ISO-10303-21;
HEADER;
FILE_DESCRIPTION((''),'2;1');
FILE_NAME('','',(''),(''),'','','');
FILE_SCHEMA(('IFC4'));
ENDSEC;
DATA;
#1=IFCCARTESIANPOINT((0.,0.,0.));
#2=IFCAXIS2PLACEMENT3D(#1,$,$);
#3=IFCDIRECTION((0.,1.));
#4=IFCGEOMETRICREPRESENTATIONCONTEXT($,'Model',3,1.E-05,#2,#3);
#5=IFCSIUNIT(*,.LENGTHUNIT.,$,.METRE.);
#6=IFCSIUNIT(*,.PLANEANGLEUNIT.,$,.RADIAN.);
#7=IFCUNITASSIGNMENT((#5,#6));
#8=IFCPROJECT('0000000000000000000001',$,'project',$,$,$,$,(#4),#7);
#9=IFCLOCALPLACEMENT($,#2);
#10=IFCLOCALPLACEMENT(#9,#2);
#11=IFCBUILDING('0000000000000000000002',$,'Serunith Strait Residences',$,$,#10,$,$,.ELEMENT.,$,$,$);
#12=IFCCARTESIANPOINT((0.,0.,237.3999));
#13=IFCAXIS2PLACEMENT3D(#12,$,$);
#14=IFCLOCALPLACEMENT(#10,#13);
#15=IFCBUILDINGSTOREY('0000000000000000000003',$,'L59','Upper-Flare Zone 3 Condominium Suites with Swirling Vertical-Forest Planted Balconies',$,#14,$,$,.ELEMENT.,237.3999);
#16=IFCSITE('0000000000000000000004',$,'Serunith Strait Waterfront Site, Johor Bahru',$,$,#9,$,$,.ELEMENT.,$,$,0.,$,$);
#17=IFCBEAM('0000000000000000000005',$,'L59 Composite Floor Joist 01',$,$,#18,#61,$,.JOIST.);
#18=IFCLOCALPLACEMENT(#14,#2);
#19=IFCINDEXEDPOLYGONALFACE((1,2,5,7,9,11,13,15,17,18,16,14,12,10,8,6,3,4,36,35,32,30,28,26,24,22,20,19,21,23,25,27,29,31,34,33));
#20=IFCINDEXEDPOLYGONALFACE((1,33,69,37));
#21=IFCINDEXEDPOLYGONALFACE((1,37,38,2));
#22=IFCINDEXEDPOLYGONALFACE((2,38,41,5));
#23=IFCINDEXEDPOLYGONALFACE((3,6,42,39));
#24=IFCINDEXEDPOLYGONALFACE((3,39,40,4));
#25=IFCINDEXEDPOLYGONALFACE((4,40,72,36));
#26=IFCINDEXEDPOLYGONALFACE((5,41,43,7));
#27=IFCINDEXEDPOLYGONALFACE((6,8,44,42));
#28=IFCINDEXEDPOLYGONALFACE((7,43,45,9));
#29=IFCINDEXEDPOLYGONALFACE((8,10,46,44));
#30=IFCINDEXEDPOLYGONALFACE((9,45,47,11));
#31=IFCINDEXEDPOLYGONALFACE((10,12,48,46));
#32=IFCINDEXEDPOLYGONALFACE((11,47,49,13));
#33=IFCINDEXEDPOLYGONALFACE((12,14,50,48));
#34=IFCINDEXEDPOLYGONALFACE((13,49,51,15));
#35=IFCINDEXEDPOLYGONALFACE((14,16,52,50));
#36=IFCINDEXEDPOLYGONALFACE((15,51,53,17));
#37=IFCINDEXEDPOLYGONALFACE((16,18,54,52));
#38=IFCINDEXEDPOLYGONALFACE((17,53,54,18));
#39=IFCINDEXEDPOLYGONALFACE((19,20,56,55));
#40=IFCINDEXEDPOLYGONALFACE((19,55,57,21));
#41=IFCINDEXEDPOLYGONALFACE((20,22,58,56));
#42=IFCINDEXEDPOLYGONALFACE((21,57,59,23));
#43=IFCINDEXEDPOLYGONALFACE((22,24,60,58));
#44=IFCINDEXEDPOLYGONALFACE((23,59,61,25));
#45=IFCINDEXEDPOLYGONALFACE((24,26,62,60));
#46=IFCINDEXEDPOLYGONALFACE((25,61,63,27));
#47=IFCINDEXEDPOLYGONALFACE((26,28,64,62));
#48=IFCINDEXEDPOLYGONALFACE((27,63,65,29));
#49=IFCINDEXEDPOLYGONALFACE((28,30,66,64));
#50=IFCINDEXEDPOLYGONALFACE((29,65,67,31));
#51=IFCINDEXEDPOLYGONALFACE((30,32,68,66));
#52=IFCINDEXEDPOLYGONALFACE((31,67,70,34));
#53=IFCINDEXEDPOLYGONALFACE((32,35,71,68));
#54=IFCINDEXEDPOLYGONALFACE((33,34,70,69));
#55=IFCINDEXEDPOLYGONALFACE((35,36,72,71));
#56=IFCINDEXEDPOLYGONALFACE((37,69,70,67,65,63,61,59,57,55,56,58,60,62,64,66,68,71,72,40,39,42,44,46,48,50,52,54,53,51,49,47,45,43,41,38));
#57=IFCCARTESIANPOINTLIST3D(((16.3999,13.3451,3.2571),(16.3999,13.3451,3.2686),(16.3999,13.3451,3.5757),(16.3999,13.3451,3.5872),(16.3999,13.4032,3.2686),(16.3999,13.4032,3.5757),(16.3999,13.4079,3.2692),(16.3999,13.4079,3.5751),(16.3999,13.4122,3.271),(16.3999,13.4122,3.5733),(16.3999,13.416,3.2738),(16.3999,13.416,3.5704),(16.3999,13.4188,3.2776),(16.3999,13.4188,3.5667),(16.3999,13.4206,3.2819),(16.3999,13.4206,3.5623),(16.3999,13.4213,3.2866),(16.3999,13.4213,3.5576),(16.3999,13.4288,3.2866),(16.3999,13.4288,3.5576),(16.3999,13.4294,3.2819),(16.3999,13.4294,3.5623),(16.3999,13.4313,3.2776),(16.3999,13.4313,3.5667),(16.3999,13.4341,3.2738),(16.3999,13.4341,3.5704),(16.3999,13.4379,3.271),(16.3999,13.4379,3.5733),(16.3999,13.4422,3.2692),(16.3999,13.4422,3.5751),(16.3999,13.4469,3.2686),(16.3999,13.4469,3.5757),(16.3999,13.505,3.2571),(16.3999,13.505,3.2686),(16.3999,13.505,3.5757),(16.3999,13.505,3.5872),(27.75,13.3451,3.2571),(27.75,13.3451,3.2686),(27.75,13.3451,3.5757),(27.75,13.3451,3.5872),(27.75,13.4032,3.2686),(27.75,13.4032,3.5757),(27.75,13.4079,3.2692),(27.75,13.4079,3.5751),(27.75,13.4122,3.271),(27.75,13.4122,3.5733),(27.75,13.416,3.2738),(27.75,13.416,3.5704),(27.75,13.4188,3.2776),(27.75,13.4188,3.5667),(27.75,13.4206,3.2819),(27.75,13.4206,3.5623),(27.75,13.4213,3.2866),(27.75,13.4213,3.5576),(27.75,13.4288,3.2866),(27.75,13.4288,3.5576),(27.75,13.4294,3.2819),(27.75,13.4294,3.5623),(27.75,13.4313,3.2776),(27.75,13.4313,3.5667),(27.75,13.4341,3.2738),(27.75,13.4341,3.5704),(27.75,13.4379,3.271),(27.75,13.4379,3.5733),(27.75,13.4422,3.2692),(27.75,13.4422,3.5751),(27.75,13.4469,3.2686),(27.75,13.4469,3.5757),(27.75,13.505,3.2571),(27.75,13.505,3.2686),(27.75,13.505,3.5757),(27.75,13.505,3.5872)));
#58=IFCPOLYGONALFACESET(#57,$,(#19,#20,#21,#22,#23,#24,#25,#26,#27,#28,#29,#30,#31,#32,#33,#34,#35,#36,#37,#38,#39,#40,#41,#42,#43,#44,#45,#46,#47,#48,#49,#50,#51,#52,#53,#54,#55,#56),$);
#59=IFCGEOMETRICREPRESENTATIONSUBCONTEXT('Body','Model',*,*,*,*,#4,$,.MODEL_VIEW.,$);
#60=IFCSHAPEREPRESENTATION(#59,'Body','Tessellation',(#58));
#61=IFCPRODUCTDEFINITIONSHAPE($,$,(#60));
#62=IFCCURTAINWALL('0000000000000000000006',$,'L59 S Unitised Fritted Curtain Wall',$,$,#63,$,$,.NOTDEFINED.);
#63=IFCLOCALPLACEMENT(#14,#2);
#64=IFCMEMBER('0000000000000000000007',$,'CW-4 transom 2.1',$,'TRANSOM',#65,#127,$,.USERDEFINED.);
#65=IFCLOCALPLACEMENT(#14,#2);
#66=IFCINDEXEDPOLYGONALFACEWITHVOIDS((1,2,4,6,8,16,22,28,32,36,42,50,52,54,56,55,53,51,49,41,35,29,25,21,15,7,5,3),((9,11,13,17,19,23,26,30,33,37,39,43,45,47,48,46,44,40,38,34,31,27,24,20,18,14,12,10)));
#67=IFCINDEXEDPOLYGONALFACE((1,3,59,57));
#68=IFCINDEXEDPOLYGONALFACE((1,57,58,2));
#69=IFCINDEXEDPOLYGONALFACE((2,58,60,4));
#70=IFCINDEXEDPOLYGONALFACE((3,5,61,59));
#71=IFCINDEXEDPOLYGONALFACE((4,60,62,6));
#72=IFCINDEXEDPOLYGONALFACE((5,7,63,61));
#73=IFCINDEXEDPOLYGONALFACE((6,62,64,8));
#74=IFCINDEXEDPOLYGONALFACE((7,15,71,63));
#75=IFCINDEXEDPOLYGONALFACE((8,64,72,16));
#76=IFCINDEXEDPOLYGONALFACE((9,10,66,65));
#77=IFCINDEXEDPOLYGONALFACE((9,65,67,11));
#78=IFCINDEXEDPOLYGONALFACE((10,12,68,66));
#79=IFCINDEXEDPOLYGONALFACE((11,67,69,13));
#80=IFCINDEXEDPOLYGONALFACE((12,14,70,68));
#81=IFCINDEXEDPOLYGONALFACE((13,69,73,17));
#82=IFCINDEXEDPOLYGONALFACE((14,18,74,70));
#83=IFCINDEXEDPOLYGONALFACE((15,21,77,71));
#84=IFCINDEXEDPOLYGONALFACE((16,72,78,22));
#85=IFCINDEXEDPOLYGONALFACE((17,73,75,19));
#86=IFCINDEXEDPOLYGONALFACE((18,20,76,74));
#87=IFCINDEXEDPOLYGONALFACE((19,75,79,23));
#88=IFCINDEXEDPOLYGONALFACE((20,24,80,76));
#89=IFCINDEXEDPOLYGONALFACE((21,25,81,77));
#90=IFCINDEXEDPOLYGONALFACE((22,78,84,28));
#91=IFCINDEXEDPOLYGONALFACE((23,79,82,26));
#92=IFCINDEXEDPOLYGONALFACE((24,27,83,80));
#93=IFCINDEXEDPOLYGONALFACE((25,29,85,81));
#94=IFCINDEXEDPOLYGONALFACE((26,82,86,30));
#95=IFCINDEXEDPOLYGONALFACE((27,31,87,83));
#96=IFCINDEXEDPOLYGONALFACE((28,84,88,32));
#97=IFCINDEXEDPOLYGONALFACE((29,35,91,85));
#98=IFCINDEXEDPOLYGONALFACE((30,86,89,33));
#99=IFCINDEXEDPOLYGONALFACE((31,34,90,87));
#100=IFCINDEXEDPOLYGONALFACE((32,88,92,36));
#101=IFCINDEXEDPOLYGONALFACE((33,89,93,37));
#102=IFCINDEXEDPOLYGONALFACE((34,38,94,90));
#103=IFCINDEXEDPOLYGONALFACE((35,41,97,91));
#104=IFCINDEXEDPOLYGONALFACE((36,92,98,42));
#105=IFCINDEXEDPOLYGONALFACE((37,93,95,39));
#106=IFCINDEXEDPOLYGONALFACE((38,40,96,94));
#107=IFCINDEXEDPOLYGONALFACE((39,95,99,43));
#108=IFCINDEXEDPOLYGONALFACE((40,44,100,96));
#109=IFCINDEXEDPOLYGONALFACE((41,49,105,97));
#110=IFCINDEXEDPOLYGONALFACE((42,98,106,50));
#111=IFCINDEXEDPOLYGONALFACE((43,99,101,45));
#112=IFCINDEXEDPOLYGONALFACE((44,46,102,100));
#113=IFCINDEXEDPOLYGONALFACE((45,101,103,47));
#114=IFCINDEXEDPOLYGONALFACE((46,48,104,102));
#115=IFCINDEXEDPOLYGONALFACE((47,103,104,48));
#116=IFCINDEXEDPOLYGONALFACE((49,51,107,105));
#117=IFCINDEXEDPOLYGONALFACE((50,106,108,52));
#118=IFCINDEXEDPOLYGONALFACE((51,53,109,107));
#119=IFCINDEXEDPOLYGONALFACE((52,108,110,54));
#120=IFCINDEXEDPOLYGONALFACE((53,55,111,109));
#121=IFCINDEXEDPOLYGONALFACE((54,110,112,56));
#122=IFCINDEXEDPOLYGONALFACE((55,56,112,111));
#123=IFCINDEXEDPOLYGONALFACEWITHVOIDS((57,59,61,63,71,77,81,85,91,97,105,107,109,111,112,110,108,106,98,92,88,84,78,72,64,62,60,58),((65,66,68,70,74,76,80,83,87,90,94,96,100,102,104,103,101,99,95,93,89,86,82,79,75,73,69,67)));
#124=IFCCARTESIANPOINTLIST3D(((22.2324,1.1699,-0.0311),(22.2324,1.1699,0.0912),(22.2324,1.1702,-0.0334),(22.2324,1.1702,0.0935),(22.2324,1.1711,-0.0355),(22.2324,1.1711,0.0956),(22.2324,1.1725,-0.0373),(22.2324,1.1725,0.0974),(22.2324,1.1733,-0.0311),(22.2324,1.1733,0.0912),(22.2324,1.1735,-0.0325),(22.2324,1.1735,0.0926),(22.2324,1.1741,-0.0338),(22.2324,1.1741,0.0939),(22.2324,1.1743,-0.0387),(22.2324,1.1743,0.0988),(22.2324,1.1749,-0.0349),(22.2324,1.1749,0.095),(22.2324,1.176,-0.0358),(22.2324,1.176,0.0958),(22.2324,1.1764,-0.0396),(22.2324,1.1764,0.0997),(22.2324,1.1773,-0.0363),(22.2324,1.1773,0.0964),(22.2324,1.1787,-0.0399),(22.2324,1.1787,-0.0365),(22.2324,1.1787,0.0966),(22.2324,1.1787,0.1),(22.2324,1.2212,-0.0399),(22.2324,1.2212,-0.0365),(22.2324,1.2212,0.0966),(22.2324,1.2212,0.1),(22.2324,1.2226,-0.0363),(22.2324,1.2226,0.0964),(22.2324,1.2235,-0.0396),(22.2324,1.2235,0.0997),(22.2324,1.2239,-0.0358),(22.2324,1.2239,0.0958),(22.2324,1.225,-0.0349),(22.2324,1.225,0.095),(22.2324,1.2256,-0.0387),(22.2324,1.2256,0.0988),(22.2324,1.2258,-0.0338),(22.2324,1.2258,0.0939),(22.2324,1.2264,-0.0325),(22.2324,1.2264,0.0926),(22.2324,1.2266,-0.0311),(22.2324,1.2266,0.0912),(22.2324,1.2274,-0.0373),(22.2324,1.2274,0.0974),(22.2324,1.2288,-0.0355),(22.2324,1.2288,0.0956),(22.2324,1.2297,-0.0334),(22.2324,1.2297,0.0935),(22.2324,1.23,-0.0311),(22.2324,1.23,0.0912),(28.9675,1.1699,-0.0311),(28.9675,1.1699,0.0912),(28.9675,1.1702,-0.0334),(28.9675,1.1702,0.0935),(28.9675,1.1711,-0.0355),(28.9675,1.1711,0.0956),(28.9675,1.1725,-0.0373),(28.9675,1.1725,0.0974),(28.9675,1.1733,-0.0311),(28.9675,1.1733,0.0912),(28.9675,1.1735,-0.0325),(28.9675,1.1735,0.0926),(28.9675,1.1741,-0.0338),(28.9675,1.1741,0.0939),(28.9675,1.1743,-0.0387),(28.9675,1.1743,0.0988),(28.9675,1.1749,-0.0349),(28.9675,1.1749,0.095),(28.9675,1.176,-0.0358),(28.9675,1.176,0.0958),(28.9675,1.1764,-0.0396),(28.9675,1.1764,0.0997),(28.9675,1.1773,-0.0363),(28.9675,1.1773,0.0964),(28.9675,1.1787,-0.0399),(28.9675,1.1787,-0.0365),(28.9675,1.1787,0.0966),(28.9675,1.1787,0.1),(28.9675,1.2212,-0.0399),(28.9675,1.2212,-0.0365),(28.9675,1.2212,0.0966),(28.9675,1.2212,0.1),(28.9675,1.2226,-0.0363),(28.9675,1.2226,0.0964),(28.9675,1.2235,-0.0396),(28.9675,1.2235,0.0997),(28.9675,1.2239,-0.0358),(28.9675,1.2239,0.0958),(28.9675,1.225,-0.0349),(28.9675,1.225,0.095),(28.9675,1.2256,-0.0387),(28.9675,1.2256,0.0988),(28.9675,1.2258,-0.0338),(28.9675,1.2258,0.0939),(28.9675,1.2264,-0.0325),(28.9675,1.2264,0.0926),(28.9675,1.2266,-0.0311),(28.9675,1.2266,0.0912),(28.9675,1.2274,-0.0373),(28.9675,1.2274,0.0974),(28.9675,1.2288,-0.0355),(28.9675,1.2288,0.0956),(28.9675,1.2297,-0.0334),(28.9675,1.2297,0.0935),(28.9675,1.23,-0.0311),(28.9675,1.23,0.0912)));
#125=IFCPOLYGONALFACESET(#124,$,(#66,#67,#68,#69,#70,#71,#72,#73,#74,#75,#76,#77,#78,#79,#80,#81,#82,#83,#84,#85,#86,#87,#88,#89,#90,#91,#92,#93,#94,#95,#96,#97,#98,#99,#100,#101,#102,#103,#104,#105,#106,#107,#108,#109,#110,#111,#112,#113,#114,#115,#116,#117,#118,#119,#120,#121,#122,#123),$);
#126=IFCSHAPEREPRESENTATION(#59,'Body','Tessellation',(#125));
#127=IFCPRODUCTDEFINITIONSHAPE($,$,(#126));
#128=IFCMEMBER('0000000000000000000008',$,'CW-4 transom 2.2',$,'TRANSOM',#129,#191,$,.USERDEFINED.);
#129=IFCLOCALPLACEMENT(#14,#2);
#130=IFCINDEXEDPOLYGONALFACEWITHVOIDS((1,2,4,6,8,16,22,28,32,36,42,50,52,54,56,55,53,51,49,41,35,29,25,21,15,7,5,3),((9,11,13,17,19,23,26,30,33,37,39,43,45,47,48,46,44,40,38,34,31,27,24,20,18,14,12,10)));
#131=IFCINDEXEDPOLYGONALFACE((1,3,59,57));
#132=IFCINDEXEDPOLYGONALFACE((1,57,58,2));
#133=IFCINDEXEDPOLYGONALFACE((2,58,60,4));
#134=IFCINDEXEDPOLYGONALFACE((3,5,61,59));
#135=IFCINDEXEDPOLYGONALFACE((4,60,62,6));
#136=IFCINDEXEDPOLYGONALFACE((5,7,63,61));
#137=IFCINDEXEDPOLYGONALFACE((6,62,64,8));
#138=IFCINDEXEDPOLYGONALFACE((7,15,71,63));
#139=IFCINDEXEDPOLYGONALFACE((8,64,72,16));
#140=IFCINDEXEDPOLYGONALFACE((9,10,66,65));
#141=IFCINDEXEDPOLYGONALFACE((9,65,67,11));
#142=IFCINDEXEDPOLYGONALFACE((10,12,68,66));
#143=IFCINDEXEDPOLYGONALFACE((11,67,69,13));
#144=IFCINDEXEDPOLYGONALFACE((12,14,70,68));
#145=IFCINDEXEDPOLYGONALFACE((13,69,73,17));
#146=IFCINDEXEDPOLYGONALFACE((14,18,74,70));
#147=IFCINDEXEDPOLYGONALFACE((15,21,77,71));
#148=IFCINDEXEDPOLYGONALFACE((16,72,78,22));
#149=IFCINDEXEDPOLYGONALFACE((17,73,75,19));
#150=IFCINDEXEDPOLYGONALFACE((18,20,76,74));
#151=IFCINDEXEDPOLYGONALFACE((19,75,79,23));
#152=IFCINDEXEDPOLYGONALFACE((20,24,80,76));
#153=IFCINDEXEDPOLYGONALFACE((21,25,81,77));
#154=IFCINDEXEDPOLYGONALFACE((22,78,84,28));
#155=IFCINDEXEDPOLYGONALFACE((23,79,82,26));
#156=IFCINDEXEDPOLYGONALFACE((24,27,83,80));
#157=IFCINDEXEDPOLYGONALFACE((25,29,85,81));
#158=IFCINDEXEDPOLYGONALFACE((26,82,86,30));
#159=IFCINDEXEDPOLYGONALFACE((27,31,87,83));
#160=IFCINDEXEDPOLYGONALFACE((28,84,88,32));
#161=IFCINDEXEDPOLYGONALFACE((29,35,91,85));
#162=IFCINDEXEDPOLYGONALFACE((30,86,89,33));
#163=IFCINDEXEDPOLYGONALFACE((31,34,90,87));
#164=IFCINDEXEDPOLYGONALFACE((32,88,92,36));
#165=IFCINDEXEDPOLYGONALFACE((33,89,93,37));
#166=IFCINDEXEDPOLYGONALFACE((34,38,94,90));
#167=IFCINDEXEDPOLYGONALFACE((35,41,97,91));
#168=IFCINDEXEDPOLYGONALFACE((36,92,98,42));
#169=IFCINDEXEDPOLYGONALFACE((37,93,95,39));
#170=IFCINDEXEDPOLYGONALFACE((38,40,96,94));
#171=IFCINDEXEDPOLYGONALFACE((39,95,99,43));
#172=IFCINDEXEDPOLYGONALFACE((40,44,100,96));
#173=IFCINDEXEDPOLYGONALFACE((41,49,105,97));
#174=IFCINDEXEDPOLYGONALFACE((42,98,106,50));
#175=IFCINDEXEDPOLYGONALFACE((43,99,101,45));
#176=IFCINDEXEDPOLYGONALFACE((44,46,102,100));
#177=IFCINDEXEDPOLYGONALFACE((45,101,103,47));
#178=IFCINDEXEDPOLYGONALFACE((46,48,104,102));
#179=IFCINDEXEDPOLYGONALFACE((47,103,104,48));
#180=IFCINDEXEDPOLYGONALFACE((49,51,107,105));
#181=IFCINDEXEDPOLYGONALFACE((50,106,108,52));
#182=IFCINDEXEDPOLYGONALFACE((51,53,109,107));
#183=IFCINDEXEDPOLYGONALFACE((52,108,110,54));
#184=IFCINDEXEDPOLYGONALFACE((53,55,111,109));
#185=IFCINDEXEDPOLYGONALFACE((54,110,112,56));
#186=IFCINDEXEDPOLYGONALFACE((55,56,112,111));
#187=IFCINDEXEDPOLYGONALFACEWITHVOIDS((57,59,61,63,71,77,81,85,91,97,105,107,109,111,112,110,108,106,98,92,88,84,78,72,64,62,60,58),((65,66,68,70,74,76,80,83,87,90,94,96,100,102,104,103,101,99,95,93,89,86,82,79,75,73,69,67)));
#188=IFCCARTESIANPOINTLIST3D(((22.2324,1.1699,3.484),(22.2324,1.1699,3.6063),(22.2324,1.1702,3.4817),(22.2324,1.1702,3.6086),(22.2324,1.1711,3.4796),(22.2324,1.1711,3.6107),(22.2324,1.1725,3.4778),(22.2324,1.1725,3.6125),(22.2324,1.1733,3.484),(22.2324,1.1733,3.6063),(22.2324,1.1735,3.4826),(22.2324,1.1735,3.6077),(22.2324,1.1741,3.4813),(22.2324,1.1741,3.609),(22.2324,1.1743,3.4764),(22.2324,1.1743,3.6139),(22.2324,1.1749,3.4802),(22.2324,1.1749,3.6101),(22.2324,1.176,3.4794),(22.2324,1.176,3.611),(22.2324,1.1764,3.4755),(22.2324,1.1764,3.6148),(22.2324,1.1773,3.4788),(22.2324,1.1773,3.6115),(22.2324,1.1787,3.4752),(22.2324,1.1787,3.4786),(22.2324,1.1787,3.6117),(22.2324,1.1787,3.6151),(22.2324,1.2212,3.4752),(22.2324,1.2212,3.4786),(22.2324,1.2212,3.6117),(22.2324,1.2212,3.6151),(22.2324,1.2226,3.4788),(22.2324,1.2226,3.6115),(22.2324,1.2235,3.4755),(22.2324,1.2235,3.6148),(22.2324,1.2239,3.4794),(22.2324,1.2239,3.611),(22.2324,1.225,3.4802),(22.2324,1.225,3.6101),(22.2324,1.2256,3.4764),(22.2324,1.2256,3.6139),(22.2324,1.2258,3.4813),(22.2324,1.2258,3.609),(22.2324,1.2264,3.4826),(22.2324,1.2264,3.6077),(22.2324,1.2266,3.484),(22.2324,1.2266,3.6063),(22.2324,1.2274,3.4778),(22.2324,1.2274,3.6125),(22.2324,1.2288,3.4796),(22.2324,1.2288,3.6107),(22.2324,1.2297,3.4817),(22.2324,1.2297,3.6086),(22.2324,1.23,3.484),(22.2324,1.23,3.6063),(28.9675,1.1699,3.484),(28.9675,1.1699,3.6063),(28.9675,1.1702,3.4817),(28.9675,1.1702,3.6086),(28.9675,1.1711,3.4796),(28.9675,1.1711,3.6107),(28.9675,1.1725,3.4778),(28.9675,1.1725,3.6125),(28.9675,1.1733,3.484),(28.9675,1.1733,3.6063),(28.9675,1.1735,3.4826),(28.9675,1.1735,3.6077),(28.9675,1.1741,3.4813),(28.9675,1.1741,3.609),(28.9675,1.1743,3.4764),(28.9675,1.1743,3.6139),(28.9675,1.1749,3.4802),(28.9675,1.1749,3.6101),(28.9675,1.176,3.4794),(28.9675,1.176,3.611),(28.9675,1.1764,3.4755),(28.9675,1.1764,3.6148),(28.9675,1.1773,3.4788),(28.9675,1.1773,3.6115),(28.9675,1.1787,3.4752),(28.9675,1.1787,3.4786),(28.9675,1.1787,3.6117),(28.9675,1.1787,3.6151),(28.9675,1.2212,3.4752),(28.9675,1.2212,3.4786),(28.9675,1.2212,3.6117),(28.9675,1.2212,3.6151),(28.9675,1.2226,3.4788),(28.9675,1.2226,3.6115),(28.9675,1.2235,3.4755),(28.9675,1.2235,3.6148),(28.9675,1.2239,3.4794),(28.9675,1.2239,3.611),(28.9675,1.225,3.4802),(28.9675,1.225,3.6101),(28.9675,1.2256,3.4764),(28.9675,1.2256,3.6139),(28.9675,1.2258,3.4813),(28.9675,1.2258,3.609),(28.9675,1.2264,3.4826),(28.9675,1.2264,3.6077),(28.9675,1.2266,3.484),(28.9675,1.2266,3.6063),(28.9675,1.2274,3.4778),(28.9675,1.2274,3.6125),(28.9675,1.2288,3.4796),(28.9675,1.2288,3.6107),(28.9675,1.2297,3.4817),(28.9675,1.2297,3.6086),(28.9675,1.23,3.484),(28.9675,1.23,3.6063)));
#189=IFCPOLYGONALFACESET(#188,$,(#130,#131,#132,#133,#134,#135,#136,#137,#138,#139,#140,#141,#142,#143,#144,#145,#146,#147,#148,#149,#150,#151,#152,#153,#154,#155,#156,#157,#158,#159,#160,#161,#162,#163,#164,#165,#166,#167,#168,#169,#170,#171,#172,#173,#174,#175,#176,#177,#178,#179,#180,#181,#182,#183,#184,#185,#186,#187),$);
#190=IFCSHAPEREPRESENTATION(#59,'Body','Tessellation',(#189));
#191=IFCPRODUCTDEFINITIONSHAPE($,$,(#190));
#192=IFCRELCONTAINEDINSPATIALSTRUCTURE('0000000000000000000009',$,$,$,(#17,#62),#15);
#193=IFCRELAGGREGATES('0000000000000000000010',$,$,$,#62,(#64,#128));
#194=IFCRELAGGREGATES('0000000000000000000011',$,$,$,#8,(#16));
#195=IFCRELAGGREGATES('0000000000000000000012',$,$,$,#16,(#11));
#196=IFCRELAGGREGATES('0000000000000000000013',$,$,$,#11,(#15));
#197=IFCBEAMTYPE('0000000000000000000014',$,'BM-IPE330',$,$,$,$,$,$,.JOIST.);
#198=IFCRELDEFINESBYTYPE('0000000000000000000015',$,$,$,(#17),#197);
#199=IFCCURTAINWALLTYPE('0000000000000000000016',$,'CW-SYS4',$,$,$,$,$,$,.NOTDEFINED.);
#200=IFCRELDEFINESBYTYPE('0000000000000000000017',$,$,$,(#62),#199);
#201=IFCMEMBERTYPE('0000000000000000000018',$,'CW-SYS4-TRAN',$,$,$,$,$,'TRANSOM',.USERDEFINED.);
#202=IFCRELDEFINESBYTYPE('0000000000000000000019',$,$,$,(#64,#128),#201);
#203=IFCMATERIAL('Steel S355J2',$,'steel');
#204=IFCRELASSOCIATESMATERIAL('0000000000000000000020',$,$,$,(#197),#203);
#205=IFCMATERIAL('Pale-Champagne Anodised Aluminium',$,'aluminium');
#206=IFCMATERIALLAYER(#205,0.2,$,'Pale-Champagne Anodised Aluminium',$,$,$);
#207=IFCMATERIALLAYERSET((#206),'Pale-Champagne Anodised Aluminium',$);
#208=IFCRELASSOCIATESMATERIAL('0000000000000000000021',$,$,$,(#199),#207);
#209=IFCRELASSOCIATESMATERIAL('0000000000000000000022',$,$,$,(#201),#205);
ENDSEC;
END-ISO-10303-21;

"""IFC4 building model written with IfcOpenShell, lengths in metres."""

from ifc_helpers import new_model, si_unit, direction, frame, origin, origin_2d, place, context, subcontext, project, spatial, hollow_rectangle, i_section, extrude, source, transform, mapped, material, layer, layer_set, material_profile, profile_set, type_object, element, aggregate, save


model = new_model("IFC4")

# Units and contexts
model_context = context("Model", 3, precision=1e-05, world=origin(), true_north=direction((0.0, 1.0)))
body_context = subcontext(model_context, "Body", "Model", "MODEL_VIEW")
ifc_project = project(units=[si_unit("LENGTHUNIT", "METRE"), si_unit("PLANEANGLEUNIT", "RADIAN")], contexts=[model_context])

# Site, building, storey
site_placement = place(None, origin())
site = spatial("IfcSite", under=ifc_project, at=site_placement, Name="Serunith Strait Waterfront Site, Johor Bahru", CompositionType="ELEMENT", RefElevation=0.0)
building_placement = place(site_placement, origin())
building = spatial("IfcBuilding", under=site, at=building_placement, Name="Serunith Strait Residences", CompositionType="ELEMENT")
storey_placement = place(building_placement, frame((0.0, 0.0, 237.3999)))
storey = spatial("IfcBuildingStorey", under=building, at=storey_placement, Name="L59", Description="Upper-Flare Zone 3 Condominium Suites with Swirling Vertical-Forest Planted Balconies", CompositionType="ELEMENT", Elevation=237.3999)

# Beam
ifc_material_1 = material(Name="Steel S355J2", Category="steel")
ifc_material_profile_1 = material_profile(ifc_material_1, i_section(OverallWidth=0.1599, OverallDepth=0.3301, WebThickness=0.0076, FlangeThickness=0.0115, FilletRadius=0.0181, at=origin_2d()), Name="IPE 330")
ifc_profile_set_1 = profile_set([ifc_material_profile_1], Name="Steel S355J2")
beam_type_1 = type_object("IfcBeamType", Name="BM-IPE330", PredefinedType="JOIST", material=ifc_profile_set_1)
shared_shape_1 = source(origin(), body_context, "Body", "SweptSolid", [
    extrude(i_section(OverallWidth=0.1599, OverallDepth=0.3301, WebThickness=0.0076, FlangeThickness=0.0115, FilletRadius=0.0181, at=origin_2d()), origin(), (0.0, 0.0, 1.0), 11.3501),
])
beam_1_placement = place(storey_placement, frame((16.3999, 13.425, 3.4221), z_axis=(1.0, 0.0, 0.0), x_axis=(0.0, 1.0, 0.0)))
element("IfcBeam", 1, at=beam_1_placement, inside=storey, type_object=beam_type_1, Name="L59 Composite Floor Joist 01", PredefinedType="JOIST", context=body_context, shape_type="MappedRepresentation", body=[
    mapped(shared_shape_1, transform((0.0, 0.0, 0.0), scale=1.0)),
])

# Curtain wall, members
ifc_material_2 = material(Name="Pale-Champagne Anodised Aluminium", Category="aluminium")
ifc_layer_1 = layer(ifc_material_2, 0.2, Name="Pale-Champagne Anodised Aluminium")
ifc_layer_set_1 = layer_set([ifc_layer_1], Name="Pale-Champagne Anodised Aluminium")
curtain_wall_type = type_object("IfcCurtainWallType", Name="CW-SYS4", PredefinedType="NOTDEFINED", material=ifc_layer_set_1)
curtain_wall_placement = place(storey_placement, origin())
curtain_wall = element("IfcCurtainWall", 2, at=curtain_wall_placement, inside=storey, type_object=curtain_wall_type, Name="L59 S Unitised Fritted Curtain Wall", PredefinedType="NOTDEFINED")
ifc_material_profile_2 = material_profile(ifc_material_2, hollow_rectangle(XDim=0.0601, YDim=0.1399, WallThickness=0.0034, InnerFilletRadius=0.0054, OuterFilletRadius=0.0088, at=origin_2d()), Name="ALU 140x60x3.5")
ifc_profile_set_2 = profile_set([ifc_material_profile_2], Name="Pale-Champagne Anodised Aluminium")
member_type_1 = type_object("IfcMemberType", Name="CW-SYS4-TRAN", ElementType="TRANSOM", PredefinedType="USERDEFINED", material=ifc_profile_set_2)
shared_shape_2 = source(origin(), body_context, "Body", "SweptSolid", [
    extrude(hollow_rectangle(XDim=0.0601, YDim=0.1399, WallThickness=0.0034, InnerFilletRadius=0.0054, OuterFilletRadius=0.0088, at=origin_2d()), origin(), (0.0, 0.0, 1.0), 6.7351),
])
member_1_placement = place(storey_placement, frame((22.2324, 1.2, 0.03), z_axis=(1.0, 0.0, 0.0), x_axis=(0.0, 1.0, 0.0)))
member_1 = element("IfcMember", 3, at=member_1_placement, type_object=member_type_1, Name="CW-4 transom 2.1", ObjectType="TRANSOM", PredefinedType="USERDEFINED", context=body_context, shape_type="MappedRepresentation", body=[
    mapped(shared_shape_2, transform((0.0, 0.0, 0.0), scale=1.0)),
])
member_2_placement = place(storey_placement, frame((22.2324, 1.2, 3.5452), z_axis=(1.0, 0.0, 0.0), x_axis=(0.0, 1.0, 0.0)))
member_2 = element("IfcMember", 4, at=member_2_placement, type_object=member_type_1, Name="CW-4 transom 2.2", ObjectType="TRANSOM", PredefinedType="USERDEFINED", context=body_context, shape_type="MappedRepresentation", body=[
    mapped(shared_shape_2, transform((0.0, 0.0, 0.0), scale=1.0)),
])
aggregate(curtain_wall, [member_1, member_2])

save(model, "model.ifc")
